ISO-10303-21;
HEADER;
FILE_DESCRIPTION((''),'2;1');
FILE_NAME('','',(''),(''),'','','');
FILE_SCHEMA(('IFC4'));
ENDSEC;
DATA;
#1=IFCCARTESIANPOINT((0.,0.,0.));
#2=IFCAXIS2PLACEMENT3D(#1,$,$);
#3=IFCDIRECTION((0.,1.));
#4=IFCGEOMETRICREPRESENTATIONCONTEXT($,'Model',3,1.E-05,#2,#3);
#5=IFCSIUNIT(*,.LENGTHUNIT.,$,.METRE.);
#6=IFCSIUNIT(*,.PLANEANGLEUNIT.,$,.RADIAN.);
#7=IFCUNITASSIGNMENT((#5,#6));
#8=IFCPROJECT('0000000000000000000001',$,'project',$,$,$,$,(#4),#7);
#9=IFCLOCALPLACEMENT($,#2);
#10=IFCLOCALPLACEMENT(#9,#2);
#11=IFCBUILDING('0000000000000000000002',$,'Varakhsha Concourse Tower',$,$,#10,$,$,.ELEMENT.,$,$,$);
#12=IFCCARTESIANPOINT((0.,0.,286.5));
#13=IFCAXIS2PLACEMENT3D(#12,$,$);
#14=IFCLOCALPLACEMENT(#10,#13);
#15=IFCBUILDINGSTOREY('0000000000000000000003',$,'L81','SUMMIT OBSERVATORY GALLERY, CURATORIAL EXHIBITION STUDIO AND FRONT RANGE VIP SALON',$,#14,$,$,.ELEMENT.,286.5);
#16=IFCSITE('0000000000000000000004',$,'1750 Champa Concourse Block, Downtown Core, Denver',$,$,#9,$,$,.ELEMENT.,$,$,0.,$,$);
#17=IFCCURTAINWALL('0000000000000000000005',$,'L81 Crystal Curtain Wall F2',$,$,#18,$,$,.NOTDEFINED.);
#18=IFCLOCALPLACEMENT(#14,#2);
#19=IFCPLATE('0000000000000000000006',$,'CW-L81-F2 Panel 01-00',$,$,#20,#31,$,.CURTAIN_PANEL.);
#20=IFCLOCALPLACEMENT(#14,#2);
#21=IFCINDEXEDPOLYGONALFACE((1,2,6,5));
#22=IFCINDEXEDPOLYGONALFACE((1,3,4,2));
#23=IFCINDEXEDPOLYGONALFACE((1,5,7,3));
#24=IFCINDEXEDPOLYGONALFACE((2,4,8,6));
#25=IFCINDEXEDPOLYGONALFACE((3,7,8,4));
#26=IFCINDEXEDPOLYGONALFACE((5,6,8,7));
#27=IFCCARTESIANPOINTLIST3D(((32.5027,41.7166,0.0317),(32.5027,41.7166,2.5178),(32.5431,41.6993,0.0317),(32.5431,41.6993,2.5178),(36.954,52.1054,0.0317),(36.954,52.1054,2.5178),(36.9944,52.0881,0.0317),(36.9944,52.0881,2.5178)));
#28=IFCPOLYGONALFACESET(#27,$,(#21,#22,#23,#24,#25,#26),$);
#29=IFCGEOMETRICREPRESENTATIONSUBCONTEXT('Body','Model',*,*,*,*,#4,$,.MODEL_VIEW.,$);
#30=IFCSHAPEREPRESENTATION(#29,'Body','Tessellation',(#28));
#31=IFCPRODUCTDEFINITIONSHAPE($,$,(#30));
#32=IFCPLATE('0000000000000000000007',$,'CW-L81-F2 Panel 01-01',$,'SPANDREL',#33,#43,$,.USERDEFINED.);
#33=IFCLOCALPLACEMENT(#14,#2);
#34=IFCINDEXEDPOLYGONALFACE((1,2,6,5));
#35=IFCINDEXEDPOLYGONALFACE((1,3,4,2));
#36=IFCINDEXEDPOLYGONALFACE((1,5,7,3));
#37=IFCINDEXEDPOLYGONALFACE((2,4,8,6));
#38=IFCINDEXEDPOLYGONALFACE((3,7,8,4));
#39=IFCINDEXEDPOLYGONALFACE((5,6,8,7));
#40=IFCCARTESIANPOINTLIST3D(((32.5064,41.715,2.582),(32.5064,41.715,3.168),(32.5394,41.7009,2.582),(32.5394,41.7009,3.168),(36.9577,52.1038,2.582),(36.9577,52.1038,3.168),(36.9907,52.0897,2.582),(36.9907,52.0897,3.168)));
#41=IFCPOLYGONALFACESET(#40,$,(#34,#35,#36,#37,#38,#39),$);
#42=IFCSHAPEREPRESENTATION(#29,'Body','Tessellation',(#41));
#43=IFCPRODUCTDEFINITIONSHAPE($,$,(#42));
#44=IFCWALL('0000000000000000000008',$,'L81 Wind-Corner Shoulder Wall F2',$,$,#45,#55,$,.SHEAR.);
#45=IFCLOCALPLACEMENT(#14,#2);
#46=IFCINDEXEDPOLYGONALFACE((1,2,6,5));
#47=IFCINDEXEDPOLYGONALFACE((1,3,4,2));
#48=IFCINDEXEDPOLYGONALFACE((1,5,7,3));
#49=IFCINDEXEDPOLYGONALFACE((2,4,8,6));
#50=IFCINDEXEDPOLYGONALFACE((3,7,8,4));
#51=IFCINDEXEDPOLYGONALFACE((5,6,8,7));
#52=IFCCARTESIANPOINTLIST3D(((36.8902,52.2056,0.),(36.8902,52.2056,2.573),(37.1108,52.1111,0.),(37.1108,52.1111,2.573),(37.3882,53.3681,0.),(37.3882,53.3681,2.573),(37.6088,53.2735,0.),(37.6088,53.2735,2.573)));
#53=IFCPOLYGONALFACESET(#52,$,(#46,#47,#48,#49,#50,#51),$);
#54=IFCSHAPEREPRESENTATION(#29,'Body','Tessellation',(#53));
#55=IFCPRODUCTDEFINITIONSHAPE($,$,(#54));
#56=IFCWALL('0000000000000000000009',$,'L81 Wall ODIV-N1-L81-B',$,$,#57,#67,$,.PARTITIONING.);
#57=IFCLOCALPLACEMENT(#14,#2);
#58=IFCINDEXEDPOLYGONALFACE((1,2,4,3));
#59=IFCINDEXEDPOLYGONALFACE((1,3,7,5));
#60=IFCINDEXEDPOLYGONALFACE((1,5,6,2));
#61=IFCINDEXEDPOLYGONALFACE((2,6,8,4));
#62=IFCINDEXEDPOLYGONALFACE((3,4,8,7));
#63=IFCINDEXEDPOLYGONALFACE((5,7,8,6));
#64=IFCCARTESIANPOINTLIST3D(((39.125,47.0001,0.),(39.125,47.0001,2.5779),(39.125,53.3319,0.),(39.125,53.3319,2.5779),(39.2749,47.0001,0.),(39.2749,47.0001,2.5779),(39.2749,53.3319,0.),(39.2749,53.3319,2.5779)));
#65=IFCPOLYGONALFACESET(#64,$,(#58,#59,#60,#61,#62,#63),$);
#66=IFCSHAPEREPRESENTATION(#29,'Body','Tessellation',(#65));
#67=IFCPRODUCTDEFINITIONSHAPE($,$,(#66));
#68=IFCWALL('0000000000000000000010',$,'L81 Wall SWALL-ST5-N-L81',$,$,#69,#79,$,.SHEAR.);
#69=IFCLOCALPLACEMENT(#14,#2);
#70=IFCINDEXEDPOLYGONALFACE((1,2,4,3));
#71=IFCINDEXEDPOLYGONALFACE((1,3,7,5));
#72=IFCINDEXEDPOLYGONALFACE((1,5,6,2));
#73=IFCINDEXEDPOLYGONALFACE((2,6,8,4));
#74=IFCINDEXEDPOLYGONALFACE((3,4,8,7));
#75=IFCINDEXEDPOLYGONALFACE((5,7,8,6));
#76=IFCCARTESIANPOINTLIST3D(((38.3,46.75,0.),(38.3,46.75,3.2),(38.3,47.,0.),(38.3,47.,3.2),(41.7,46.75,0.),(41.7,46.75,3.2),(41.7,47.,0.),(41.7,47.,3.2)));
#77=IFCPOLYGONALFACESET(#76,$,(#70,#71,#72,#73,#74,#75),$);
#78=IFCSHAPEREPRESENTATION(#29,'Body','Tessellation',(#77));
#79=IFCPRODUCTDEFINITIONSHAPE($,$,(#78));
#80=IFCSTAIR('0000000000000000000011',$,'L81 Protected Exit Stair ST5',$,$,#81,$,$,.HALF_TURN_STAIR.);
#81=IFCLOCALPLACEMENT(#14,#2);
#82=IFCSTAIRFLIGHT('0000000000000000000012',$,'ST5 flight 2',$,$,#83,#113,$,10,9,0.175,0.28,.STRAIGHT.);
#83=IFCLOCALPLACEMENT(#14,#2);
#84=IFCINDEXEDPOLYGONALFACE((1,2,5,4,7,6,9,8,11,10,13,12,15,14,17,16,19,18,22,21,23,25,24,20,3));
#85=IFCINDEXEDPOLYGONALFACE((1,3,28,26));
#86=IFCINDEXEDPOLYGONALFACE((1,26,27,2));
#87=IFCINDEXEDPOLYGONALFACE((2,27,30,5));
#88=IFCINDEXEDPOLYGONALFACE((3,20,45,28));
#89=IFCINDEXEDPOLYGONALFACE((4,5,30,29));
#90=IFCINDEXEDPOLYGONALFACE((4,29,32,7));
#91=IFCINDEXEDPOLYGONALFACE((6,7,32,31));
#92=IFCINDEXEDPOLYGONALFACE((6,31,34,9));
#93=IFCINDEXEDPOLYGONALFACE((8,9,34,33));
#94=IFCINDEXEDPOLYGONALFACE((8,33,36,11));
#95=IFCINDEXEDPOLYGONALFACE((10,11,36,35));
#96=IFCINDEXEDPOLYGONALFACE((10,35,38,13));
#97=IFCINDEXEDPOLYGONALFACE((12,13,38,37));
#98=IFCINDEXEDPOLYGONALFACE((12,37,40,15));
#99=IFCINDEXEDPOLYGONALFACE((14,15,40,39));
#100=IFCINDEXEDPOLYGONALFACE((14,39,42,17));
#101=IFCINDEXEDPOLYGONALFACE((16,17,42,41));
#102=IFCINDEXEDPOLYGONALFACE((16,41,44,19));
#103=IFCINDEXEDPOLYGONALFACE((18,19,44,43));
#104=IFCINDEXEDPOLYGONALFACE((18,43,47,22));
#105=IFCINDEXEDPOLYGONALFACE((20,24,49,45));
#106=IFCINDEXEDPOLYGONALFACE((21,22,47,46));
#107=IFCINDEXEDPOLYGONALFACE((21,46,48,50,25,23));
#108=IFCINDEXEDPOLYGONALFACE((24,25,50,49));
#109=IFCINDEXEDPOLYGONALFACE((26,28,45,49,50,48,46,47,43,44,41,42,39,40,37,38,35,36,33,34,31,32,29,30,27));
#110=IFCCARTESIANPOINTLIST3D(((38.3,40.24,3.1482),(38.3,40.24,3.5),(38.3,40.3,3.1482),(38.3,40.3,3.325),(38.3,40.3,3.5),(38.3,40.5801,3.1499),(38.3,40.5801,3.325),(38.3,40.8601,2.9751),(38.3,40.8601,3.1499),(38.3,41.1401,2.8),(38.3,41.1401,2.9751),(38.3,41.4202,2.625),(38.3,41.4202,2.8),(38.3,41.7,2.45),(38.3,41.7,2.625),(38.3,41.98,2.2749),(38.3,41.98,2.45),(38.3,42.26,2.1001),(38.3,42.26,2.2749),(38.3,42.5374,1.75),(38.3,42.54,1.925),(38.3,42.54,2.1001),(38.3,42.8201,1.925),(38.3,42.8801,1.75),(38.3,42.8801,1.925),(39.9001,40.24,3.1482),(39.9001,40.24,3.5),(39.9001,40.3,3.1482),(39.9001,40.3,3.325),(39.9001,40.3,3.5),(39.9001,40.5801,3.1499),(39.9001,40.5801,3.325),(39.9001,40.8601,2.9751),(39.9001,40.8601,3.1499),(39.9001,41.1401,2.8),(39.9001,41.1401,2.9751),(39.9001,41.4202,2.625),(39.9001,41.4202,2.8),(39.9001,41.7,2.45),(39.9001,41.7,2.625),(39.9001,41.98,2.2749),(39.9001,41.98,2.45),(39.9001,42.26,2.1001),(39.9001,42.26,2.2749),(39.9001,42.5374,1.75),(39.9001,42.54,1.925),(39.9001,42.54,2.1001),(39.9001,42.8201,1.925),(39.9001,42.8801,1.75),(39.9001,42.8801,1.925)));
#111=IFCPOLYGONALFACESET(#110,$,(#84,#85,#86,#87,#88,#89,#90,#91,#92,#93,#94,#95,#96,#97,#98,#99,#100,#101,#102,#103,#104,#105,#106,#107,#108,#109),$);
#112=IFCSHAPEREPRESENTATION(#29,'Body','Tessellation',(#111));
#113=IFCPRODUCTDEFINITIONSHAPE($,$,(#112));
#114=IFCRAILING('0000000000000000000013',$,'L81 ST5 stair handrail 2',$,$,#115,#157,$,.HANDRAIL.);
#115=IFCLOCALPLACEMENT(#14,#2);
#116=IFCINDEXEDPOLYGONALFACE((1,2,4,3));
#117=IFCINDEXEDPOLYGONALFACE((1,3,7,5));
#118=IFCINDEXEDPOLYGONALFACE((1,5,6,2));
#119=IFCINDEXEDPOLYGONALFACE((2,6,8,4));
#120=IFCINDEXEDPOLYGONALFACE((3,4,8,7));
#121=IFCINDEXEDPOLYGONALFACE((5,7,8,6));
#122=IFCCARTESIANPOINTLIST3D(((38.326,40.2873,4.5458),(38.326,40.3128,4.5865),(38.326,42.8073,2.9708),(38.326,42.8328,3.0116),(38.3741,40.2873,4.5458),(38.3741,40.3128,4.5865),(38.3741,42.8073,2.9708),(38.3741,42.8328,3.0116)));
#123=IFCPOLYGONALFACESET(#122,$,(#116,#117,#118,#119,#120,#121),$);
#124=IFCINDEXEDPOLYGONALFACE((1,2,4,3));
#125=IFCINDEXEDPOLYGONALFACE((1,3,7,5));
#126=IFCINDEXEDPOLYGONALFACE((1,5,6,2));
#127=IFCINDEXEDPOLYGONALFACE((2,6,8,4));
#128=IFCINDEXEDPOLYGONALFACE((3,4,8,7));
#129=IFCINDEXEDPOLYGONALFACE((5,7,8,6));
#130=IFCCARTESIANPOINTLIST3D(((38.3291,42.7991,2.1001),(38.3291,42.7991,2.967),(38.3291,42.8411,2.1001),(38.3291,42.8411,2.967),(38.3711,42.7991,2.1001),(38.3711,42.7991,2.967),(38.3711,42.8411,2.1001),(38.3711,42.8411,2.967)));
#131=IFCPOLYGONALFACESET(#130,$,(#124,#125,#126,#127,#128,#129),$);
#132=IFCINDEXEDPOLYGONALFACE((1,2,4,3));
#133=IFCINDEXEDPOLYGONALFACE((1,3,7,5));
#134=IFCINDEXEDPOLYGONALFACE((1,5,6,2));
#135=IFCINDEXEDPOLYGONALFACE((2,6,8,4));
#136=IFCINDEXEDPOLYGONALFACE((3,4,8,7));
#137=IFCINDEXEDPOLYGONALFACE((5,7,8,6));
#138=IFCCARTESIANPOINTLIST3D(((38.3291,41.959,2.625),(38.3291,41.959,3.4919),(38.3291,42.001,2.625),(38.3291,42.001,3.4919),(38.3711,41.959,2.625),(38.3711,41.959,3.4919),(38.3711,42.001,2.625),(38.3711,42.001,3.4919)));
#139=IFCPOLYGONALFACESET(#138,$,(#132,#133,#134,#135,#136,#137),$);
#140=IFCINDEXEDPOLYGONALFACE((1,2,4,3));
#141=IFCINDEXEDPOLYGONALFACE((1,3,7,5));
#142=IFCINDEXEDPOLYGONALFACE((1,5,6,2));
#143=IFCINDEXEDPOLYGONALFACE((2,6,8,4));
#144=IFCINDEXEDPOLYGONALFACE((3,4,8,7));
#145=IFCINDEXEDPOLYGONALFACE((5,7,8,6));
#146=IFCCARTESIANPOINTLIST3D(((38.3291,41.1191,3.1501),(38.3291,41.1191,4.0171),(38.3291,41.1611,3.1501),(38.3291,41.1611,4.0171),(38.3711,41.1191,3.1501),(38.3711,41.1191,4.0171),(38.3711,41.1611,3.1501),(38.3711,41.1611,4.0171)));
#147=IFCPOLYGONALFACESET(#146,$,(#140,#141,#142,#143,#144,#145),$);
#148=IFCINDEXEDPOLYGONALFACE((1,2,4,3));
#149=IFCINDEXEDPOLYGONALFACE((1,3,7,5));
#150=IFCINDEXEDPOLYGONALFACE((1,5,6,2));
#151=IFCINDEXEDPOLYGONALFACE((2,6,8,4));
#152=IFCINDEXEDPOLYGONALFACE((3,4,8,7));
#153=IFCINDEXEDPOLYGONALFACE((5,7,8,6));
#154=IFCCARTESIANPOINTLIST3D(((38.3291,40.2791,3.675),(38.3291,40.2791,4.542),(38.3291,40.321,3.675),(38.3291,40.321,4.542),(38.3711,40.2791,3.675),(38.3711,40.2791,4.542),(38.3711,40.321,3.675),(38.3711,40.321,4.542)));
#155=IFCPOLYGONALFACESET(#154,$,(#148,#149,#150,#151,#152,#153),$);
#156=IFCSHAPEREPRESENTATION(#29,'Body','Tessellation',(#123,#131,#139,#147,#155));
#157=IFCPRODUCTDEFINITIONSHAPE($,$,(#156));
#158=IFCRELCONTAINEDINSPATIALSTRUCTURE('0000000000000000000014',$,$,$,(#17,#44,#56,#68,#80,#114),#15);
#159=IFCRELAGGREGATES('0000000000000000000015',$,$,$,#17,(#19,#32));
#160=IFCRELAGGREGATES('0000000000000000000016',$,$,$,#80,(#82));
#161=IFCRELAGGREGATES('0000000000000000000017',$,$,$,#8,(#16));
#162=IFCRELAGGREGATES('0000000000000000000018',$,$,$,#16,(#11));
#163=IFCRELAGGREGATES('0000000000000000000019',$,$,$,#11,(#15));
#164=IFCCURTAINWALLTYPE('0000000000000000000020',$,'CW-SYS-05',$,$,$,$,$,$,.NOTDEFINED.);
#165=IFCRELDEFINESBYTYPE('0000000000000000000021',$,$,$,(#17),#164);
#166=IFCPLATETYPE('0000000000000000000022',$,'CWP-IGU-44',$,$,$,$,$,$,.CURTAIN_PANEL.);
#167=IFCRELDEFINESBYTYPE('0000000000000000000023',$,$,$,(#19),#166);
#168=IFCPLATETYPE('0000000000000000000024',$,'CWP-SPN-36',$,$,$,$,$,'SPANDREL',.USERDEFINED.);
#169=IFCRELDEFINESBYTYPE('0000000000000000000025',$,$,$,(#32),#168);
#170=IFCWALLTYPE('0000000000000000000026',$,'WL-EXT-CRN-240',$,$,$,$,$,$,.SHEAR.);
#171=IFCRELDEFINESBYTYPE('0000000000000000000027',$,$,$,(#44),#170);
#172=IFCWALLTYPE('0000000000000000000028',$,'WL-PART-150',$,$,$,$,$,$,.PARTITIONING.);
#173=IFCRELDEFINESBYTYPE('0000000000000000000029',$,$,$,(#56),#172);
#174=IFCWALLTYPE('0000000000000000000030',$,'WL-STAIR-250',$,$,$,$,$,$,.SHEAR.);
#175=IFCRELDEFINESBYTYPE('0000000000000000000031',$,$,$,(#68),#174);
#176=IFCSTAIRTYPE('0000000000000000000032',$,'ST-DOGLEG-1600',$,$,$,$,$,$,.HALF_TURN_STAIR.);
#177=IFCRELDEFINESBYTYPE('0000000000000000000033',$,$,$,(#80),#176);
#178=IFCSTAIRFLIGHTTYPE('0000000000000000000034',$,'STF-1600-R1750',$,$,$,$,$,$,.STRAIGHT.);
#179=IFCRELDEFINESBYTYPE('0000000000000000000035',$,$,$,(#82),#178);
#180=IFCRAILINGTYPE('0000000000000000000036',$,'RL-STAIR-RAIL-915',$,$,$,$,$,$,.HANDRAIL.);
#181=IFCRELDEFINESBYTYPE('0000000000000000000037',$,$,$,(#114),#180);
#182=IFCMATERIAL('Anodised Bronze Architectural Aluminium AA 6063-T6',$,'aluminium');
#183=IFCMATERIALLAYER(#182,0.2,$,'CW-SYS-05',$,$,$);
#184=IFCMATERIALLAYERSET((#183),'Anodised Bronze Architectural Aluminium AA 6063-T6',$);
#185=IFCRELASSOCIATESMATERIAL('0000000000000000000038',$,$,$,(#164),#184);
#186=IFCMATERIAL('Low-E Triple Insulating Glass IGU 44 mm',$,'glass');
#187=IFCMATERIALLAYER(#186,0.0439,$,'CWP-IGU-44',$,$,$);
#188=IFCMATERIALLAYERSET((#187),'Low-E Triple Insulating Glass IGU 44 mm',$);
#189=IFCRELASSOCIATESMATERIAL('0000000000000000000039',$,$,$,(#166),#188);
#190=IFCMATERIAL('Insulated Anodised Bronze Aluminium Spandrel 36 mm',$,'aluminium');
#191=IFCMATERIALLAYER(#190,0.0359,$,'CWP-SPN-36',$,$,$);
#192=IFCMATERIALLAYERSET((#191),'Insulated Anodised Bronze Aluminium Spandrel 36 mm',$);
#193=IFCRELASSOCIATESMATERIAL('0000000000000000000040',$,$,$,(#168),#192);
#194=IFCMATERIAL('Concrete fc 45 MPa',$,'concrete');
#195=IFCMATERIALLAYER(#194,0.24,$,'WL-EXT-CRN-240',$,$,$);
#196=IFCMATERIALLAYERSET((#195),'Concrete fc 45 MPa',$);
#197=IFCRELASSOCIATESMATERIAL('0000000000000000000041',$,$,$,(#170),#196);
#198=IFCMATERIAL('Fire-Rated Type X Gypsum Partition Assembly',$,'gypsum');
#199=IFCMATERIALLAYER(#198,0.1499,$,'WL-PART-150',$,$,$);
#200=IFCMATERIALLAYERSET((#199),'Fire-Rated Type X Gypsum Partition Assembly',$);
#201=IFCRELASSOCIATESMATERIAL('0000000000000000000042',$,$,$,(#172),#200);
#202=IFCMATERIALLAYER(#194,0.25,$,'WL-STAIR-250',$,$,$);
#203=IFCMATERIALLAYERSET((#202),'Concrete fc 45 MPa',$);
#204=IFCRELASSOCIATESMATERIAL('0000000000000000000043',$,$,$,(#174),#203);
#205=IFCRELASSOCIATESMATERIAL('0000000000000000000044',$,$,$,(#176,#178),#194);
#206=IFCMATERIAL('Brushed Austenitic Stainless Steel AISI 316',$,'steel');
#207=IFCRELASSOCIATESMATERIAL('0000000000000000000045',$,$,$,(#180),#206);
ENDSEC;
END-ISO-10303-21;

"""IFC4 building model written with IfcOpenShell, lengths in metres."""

from ifc_helpers import new_model, si_unit, direction, frame, frame_2d, origin, origin_2d, place, context, subcontext, project, spatial, polyline, rectangle, outline, extrude, source, transform, mapped, material, layer, layer_set, type_object, type_shapes, element, aggregate, save


model = new_model("IFC4")

# Units and contexts
model_context = context("Model", 3, precision=1e-05, world=origin(), true_north=direction((0.0, 1.0)))
body_context = subcontext(model_context, "Body", "Model", "MODEL_VIEW")
ifc_project = project(units=[si_unit("LENGTHUNIT", "METRE"), si_unit("PLANEANGLEUNIT", "RADIAN")], contexts=[model_context])

# Site, building, storey
site_placement = place(None, origin())
site = spatial("IfcSite", under=ifc_project, at=site_placement, Name="1750 Champa Concourse Block, Downtown Core, Denver", CompositionType="ELEMENT", RefElevation=0.0)
building_placement = place(site_placement, origin())
building = spatial("IfcBuilding", under=site, at=building_placement, Name="Varakhsha Concourse Tower", CompositionType="ELEMENT")
storey_placement = place(building_placement, frame((0.0, 0.0, 286.5)))
storey = spatial("IfcBuildingStorey", under=building, at=storey_placement, Name="L81", Description="SUMMIT OBSERVATORY GALLERY, CURATORIAL EXHIBITION STUDIO AND FRONT RANGE VIP SALON", CompositionType="ELEMENT", Elevation=286.5)

# Shared definitions
ifc_material_1 = material(Name="Anodised Bronze Architectural Aluminium AA 6063-T6", Category="aluminium")
ifc_layer_1 = layer(ifc_material_1, 0.2, Name="CW-SYS-05")
ifc_layer_set_1 = layer_set([ifc_layer_1], Name="Anodised Bronze Architectural Aluminium AA 6063-T6")
curtain_wall_type = type_object("IfcCurtainWallType", Name="CW-SYS-05", PredefinedType="NOTDEFINED", material=ifc_layer_set_1)

# Curtain wall
curtain_wall_1_placement = place(storey_placement, origin())
curtain_wall_1 = element("IfcCurtainWall", 1, at=curtain_wall_1_placement, inside=storey, type_object=curtain_wall_type, Name="L81 Crystal Curtain Wall F2", PredefinedType="NOTDEFINED")

# Plates
ifc_material_2 = material(Name="Low-E Triple Insulating Glass IGU 44 mm", Category="glass")
ifc_layer_2 = layer(ifc_material_2, 0.0439, Name="CWP-IGU-44")
ifc_layer_set_2 = layer_set([ifc_layer_2], Name="Low-E Triple Insulating Glass IGU 44 mm")
plate_type_1 = type_object("IfcPlateType", Name="CWP-IGU-44", PredefinedType="CURTAIN_PANEL", material=ifc_layer_set_2)
shared_shape_1 = source(origin(), body_context, "Body", "SweptSolid", [
    extrude(rectangle(XDim=11.3022, YDim=0.0439, at=origin_2d()), origin(), (0.0, 0.0, 1.0), 2.4861),
])
type_shapes(plate_type_1, [shared_shape_1])
plate_1_placement = place(storey_placement, frame((34.7485, 46.9023, 0.0317), z_axis=(0.0, 0.0, 1.0), x_axis=(0.393839, 0.919179, 0.0)))
plate_1 = element("IfcPlate", 2, at=plate_1_placement, type_object=plate_type_1, Name="CW-L81-F2 Panel 01-00", PredefinedType="CURTAIN_PANEL", context=body_context, shape_type="MappedRepresentation", body=[
    mapped(shared_shape_1, transform((0.0, 0.0, 0.0), scale=1.0)),
])
ifc_material_3 = material(Name="Insulated Anodised Bronze Aluminium Spandrel 36 mm", Category="aluminium")
ifc_layer_3 = layer(ifc_material_3, 0.0359, Name="CWP-SPN-36")
ifc_layer_set_3 = layer_set([ifc_layer_3], Name="Insulated Anodised Bronze Aluminium Spandrel 36 mm")
plate_type_2 = type_object("IfcPlateType", Name="CWP-SPN-36", ElementType="SPANDREL", PredefinedType="USERDEFINED", material=ifc_layer_set_3)
shared_shape_2 = source(origin(), body_context, "Body", "SweptSolid", [
    extrude(rectangle(XDim=11.3022, YDim=0.0359, at=origin_2d()), origin(), (0.0, 0.0, 1.0), 0.5859),
])
type_shapes(plate_type_2, [shared_shape_2])
plate_2_placement = place(storey_placement, frame((34.7485, 46.9023, 2.582), z_axis=(0.0, 0.0, 1.0), x_axis=(0.393839, 0.919179, 0.0)))
plate_2 = element("IfcPlate", 3, at=plate_2_placement, type_object=plate_type_2, Name="CW-L81-F2 Panel 01-01", ObjectType="SPANDREL", PredefinedType="USERDEFINED", context=body_context, shape_type="MappedRepresentation", body=[
    mapped(shared_shape_2, transform((0.0, 0.0, 0.0), scale=1.0)),
])
aggregate(curtain_wall_1, [plate_1, plate_2])

# Walls
ifc_material_4 = material(Name="Concrete fc 45 MPa", Category="concrete")
ifc_layer_4 = layer(ifc_material_4, 0.24, Name="WL-EXT-CRN-240")
ifc_layer_set_4 = layer_set([ifc_layer_4], Name="Concrete fc 45 MPa")
wall_type_1 = type_object("IfcWallType", Name="WL-EXT-CRN-240", PredefinedType="SHEAR", material=ifc_layer_set_4)
wall_1_placement = place(storey_placement, frame((37.4985, 53.3208, 0.0), z_axis=(0.0, 0.0, 1.0), x_axis=(-0.393849, -0.919175, 0.0)))
element("IfcWall", 4, at=wall_1_placement, inside=storey, type_object=wall_type_1, Name="L81 Wind-Corner Shoulder Wall F2", PredefinedType="SHEAR", context=body_context, shape_type="SweptSolid", body=[
    extrude(rectangle(XDim=1.2646, YDim=0.24, at=frame_2d((0.6323, 0.0))), origin(), (0.0, 0.0, 1.0), 2.573),
])
ifc_material_5 = material(Name="Fire-Rated Type X Gypsum Partition Assembly", Category="gypsum")
ifc_layer_5 = layer(ifc_material_5, 0.1499, Name="WL-PART-150")
ifc_layer_set_5 = layer_set([ifc_layer_5], Name="Fire-Rated Type X Gypsum Partition Assembly")
wall_type_2 = type_object("IfcWallType", Name="WL-PART-150", PredefinedType="PARTITIONING", material=ifc_layer_set_5)
wall_2_placement = place(storey_placement, frame((39.2, 47.0, 0.0), z_axis=(0.0, 0.0, 1.0), x_axis=(0.0, 1.0, 0.0)))
element("IfcWall", 5, at=wall_2_placement, inside=storey, type_object=wall_type_2, Name="L81 Wall ODIV-N1-L81-B", PredefinedType="PARTITIONING", context=body_context, shape_type="SweptSolid", body=[
    extrude(rectangle(XDim=6.3318, YDim=0.1499, at=frame_2d((3.166, 0.0))), origin(), (0.0, 0.0, 1.0), 2.5779),
])
ifc_layer_6 = layer(ifc_material_4, 0.25, Name="WL-STAIR-250")
ifc_layer_set_6 = layer_set([ifc_layer_6], Name="Concrete fc 45 MPa")
wall_type_3 = type_object("IfcWallType", Name="WL-STAIR-250", PredefinedType="SHEAR", material=ifc_layer_set_6)
wall_3_placement = place(storey_placement, frame((38.3, 46.875, 0.0), z_axis=(0.0, 0.0, 1.0), x_axis=(1.0, 0.0, 0.0)))
element("IfcWall", 6, at=wall_3_placement, inside=storey, type_object=wall_type_3, Name="L81 Wall SWALL-ST5-N-L81", PredefinedType="SHEAR", context=body_context, shape_type="SweptSolid", body=[
    extrude(rectangle(XDim=3.3999, YDim=0.25, at=frame_2d((1.7, 0.0))), origin(), (0.0, 0.0, 1.0), 3.2),
])

# Stair, stair flight
stair_type = type_object("IfcStairType", Name="ST-DOGLEG-1600", PredefinedType="HALF_TURN_STAIR", material=ifc_material_4)
stair_placement = place(storey_placement, origin())
stair = element("IfcStair", 7, at=stair_placement, inside=storey, type_object=stair_type, Name="L81 Protected Exit Stair ST5", PredefinedType="HALF_TURN_STAIR")
stair_flight_type = type_object("IfcStairFlightType", Name="STF-1600-R1750", PredefinedType="STRAIGHT", material=ifc_material_4)
stair_flight_placement = place(storey_placement, frame((39.1001, 42.8201, 1.75), z_axis=(0.0, 0.0, 1.0), x_axis=(0.0, -1.0, 0.0)))
stair_flight = element("IfcStairFlight", 8, at=stair_flight_placement, type_object=stair_flight_type, Name="ST5 flight 2", NumberOfRisers=10, NumberOfTreads=9, PredefinedType="STRAIGHT", RiserHeight=0.175, TreadLength=0.28, context=body_context, shape_type="SweptSolid", body=[
    extrude(outline(polyline([(-0.0601, 0.0), (-0.0601, 0.175), (0.0, 0.175), (0.28, 0.175), (0.28, 0.3501), (0.5601, 0.3501), (0.5601, 0.5249), (0.8401, 0.5249), (0.8401, 0.7), (1.1201, 0.7), (1.1201, 0.875), (1.3999, 0.875), (1.3999, 1.05), (1.6799, 1.05), (1.6799, 1.2251), (1.96, 1.2251), (1.96, 1.3999), (2.24, 1.3999), (2.24, 1.575), (2.52, 1.575), (2.52, 1.75), (2.5801, 1.75), (2.5801, 1.3982), (2.52, 1.3982), (0.2827, 0.0), (-0.0601, 0.0)])), frame((0.0, 0.8, 0.0), z_axis=(0.0, -1.0, 0.0), x_axis=(1.0, 0.0, 0.0)), (0.0, 0.0, 1.0), 1.6001),
])
aggregate(stair, [stair_flight])

# Railing
ifc_material_6 = material(Name="Brushed Austenitic Stainless Steel AISI 316", Category="steel")
railing_type = type_object("IfcRailingType", Name="RL-STAIR-RAIL-915", PredefinedType="HANDRAIL", material=ifc_material_6)
railing_placement = place(storey_placement, frame((38.3501, 42.8201, 2.1001)))
element("IfcRailing", 9, at=railing_placement, inside=storey, type_object=railing_type, Name="L81 ST5 stair handrail 2", PredefinedType="HANDRAIL", context=body_context, shape_type="SweptSolid", body=[
    extrude(rectangle(XDim=0.0481, YDim=0.0481, at=origin_2d()), frame((0.0, 0.0, 0.8911), z_axis=(0.0, -0.848008, 0.529984), x_axis=(1.0, 0.0, 0.0)), (0.0, 0.0, 1.0), 2.9717),
    extrude(rectangle(XDim=0.042, YDim=0.042, at=origin_2d()), origin(), (0.0, 0.0, 1.0), 0.8669),
    extrude(rectangle(XDim=0.042, YDim=0.042, at=origin_2d()), frame((0.0, -0.8401, 0.5249)), (0.0, 0.0, 1.0), 0.8669),
    extrude(rectangle(XDim=0.042, YDim=0.042, at=origin_2d()), frame((0.0, -1.6799, 1.05)), (0.0, 0.0, 1.0), 0.8669),
    extrude(rectangle(XDim=0.042, YDim=0.042, at=origin_2d()), frame((0.0, -2.52, 1.575)), (0.0, 0.0, 1.0), 0.8669),
])

save(model, "model.ifc")
